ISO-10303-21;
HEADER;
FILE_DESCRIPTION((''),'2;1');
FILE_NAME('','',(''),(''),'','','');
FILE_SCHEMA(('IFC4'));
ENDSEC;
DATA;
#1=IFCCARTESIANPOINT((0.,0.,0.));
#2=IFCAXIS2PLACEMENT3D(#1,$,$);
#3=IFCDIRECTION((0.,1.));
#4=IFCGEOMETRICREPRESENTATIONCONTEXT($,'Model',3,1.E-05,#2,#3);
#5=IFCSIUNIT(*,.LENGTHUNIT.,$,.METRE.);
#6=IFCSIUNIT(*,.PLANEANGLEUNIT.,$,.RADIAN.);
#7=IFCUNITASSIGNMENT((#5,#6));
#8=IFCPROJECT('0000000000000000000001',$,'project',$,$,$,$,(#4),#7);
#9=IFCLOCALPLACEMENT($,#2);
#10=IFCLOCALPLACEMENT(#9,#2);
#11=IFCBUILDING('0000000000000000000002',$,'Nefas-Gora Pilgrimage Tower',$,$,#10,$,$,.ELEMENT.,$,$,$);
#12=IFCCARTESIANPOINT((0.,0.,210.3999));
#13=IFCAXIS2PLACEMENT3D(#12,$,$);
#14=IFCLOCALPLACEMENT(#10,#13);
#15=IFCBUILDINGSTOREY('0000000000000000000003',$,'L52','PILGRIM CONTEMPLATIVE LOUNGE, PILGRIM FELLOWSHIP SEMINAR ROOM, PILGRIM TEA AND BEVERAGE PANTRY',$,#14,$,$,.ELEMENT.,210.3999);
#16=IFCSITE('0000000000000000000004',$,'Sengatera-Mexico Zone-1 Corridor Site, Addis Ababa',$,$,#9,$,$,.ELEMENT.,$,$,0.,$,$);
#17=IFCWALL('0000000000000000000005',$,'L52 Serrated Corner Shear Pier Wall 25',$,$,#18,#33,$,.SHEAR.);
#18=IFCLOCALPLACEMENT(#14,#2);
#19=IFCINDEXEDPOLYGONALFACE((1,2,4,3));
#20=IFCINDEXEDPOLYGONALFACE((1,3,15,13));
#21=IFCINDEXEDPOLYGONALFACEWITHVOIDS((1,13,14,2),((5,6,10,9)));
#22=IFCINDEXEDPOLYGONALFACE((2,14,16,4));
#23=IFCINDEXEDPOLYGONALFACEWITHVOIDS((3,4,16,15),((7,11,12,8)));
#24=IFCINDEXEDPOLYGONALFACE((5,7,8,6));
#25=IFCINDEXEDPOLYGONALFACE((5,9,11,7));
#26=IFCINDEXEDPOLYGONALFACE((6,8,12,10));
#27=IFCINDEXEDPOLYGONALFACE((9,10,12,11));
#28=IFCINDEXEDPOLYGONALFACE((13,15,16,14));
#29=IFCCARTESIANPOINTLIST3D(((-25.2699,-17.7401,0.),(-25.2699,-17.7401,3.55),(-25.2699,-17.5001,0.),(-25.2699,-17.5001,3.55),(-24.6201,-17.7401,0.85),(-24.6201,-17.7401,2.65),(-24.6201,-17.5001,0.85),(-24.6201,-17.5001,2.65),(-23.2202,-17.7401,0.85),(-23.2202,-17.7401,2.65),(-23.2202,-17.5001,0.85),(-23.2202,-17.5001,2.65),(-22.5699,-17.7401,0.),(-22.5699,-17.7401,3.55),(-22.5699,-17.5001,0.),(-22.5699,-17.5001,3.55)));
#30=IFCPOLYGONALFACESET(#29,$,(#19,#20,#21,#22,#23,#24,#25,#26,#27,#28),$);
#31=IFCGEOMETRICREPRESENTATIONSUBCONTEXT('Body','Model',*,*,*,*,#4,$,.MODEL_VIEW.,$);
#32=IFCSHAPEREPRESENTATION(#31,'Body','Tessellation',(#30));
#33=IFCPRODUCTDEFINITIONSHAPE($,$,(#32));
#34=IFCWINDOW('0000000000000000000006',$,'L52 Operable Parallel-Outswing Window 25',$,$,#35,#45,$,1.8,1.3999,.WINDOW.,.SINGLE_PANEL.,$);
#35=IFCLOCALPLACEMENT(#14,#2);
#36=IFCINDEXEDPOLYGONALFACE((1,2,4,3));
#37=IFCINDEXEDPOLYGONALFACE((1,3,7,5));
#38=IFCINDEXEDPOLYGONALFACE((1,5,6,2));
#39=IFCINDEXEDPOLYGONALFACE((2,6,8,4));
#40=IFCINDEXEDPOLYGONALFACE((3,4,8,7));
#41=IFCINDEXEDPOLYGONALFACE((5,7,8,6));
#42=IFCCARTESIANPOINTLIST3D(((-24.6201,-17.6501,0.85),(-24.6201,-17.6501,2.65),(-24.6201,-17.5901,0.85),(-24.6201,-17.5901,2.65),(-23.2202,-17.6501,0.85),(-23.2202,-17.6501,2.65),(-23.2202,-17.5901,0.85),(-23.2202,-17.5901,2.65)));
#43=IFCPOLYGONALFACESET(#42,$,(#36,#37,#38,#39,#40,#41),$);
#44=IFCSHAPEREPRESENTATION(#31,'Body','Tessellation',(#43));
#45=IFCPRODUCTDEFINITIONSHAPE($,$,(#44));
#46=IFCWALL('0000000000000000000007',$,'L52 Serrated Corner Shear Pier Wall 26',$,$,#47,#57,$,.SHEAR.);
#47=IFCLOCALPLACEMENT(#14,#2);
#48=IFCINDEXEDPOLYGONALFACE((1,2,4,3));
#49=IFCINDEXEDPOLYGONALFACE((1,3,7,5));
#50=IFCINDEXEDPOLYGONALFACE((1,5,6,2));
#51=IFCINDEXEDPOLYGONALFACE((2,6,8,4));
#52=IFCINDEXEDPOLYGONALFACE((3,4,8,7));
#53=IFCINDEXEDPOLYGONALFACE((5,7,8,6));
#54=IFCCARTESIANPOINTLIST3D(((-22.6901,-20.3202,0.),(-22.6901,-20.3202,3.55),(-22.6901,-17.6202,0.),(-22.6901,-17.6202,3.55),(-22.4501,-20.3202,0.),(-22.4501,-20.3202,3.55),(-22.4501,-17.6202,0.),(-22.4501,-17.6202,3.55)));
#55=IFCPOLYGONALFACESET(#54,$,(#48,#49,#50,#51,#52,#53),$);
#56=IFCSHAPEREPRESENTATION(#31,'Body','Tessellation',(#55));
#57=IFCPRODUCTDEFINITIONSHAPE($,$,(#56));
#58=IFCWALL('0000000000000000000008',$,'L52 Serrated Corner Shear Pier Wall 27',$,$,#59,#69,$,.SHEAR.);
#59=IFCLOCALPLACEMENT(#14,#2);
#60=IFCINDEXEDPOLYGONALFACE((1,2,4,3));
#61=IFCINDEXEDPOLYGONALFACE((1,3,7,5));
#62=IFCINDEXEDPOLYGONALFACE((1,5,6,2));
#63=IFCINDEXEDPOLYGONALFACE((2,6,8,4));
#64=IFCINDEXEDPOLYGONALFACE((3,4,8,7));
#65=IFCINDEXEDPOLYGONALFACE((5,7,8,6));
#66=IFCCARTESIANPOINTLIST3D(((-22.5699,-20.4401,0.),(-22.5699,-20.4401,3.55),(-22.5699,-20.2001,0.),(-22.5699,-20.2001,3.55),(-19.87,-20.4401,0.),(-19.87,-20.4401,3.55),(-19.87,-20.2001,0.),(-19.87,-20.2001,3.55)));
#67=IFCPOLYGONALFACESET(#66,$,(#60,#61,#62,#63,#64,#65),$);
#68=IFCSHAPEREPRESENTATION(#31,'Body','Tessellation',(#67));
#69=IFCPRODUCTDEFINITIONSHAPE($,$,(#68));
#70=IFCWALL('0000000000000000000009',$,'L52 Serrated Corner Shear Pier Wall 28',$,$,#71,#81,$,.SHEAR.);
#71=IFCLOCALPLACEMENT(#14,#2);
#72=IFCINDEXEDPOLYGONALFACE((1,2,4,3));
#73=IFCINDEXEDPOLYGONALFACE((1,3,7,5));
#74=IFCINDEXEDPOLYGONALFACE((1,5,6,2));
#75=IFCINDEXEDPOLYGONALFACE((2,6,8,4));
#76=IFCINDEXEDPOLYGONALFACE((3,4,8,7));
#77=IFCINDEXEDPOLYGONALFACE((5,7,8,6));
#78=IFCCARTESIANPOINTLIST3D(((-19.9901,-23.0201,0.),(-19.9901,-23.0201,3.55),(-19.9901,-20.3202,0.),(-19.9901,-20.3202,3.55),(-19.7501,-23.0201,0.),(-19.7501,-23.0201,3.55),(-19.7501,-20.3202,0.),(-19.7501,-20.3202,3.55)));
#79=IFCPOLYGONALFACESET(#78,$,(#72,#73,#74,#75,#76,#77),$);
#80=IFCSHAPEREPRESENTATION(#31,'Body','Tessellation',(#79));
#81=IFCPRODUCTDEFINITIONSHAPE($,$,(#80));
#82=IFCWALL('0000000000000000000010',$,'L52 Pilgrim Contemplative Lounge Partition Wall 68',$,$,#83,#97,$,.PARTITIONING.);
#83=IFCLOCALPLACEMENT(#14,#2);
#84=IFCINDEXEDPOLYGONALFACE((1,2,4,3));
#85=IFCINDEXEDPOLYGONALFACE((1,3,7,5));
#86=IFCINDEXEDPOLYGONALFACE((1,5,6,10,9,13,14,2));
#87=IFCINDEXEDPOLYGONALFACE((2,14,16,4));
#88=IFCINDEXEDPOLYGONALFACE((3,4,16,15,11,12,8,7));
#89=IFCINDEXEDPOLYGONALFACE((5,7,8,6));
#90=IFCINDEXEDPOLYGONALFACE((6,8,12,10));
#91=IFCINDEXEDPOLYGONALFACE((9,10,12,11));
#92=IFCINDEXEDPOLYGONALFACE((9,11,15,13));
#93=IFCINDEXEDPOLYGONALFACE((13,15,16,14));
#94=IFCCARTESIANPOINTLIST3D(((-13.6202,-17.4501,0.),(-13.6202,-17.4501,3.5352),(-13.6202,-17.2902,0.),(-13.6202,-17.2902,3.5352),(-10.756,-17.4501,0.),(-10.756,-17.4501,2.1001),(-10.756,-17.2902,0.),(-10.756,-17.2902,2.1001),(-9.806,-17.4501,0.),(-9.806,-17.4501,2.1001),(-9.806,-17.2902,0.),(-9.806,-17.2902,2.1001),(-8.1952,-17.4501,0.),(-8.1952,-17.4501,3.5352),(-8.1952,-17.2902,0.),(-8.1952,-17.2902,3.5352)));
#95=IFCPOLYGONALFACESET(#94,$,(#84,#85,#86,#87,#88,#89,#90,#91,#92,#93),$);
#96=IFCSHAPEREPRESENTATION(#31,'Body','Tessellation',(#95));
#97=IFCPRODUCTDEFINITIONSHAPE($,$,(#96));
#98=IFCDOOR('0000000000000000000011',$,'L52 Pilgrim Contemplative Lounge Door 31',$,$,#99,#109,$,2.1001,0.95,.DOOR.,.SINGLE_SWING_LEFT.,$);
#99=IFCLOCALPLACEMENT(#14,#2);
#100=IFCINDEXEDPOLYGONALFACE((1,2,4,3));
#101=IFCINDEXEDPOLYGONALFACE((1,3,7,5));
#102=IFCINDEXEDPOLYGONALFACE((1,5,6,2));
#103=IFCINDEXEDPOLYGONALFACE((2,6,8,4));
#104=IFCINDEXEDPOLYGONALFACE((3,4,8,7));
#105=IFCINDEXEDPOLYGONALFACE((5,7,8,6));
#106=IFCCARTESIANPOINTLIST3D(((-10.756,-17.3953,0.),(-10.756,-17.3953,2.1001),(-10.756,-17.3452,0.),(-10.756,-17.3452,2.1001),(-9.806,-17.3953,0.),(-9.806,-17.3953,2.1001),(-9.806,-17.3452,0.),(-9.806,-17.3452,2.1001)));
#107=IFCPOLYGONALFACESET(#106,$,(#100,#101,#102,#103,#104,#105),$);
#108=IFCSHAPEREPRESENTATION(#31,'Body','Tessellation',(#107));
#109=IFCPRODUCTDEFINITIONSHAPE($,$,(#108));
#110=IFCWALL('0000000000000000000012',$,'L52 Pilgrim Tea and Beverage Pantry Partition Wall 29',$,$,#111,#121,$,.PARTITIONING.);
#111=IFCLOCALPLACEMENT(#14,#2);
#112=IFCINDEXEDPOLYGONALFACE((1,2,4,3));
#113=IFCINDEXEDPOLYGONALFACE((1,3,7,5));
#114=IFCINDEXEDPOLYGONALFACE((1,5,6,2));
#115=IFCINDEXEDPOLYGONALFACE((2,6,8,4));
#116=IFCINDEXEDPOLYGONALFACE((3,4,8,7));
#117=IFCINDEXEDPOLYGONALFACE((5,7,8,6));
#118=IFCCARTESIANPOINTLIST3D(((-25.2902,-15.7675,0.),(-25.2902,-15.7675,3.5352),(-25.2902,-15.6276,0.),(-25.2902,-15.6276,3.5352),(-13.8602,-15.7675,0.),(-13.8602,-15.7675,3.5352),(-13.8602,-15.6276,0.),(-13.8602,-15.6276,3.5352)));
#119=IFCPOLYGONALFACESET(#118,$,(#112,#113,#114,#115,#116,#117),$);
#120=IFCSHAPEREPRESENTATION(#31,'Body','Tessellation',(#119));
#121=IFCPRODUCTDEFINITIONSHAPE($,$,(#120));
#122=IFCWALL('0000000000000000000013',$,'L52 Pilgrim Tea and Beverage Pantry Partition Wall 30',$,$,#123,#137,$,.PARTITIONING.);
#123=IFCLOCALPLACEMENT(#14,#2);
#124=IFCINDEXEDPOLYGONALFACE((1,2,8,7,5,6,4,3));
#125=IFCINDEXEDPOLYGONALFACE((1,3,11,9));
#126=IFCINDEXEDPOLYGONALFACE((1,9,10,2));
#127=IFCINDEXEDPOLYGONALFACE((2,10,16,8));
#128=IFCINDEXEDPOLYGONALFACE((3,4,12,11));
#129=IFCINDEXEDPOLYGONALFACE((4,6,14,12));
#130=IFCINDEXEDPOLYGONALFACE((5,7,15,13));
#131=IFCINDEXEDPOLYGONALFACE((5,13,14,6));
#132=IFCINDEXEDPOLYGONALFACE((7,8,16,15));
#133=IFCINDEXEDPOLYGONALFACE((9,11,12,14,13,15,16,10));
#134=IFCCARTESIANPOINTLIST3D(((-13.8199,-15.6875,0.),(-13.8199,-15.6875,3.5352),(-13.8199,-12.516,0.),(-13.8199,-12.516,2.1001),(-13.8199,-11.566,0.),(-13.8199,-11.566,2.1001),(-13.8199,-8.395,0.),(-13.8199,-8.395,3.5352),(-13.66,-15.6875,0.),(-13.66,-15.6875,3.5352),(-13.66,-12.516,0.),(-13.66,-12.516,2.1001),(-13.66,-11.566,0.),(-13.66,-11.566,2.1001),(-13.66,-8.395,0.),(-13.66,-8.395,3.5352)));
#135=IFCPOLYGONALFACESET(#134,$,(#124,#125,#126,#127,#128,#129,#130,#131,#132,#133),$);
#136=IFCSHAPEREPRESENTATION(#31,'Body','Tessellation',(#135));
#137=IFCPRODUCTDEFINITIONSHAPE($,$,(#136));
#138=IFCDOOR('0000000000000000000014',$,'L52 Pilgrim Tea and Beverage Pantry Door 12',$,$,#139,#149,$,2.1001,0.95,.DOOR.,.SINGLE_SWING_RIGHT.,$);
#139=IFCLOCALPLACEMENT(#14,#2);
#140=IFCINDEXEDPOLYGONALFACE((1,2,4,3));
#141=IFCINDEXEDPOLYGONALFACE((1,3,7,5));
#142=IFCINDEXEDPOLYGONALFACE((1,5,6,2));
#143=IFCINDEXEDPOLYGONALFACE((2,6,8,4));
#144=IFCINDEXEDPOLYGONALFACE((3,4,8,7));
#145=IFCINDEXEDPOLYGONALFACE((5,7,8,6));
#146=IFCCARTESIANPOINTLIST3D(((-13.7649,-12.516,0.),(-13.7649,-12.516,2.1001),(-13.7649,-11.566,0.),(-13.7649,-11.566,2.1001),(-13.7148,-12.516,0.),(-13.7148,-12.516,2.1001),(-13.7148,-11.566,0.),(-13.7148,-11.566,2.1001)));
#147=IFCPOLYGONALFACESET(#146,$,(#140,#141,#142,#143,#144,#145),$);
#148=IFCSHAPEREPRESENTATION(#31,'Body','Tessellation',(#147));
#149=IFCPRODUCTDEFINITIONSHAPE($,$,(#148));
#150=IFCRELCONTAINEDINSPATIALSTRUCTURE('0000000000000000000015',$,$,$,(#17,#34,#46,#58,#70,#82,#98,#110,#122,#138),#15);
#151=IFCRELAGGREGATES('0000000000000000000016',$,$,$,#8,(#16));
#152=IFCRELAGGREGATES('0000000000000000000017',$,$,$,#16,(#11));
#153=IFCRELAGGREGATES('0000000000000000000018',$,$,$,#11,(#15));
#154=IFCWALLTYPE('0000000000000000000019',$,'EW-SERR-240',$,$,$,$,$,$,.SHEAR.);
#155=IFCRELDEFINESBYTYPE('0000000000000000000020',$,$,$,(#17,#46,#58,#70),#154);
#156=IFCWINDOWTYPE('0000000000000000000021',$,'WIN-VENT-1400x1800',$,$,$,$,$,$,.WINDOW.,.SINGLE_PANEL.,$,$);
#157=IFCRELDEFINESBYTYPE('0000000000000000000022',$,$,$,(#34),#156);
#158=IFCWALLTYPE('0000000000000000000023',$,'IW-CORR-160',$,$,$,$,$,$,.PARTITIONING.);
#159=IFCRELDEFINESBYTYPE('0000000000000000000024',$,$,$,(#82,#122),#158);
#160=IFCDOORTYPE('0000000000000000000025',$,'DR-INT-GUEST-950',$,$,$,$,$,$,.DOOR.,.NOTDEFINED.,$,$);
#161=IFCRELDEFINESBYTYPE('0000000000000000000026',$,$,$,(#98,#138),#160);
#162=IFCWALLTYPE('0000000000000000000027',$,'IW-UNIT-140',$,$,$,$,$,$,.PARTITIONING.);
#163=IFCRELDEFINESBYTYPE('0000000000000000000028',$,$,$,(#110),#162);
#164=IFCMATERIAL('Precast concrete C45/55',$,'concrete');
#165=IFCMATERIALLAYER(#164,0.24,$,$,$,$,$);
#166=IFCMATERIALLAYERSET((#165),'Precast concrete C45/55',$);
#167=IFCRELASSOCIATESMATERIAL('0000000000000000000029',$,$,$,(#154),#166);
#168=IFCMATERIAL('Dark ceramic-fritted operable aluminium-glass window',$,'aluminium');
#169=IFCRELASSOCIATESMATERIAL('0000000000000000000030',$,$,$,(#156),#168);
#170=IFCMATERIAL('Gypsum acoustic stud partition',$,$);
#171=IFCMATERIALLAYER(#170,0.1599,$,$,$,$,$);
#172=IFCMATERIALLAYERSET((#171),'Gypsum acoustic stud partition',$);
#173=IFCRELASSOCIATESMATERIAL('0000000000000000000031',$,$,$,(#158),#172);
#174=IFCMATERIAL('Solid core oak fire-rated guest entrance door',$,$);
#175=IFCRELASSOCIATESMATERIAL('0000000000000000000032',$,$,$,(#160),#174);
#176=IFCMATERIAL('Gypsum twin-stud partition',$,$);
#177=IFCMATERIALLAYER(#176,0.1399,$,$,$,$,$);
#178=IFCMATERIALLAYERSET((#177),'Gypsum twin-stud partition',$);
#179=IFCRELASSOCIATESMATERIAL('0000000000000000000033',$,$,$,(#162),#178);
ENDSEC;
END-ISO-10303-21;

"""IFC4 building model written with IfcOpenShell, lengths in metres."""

from ifc_helpers import new_model, si_unit, direction, frame, frame_2d, origin, place, context, subcontext, project, spatial, rectangle, extrude, source, transform, mapped, material, layer, layer_set, type_object, element, fill, save


model = new_model("IFC4")

# Units and contexts
model_context = context("Model", 3, precision=1e-05, world=origin(), true_north=direction((0.0, 1.0)))
body_context = subcontext(model_context, "Body", "Model", "MODEL_VIEW")
ifc_project = project(units=[si_unit("LENGTHUNIT", "METRE"), si_unit("PLANEANGLEUNIT", "RADIAN")], contexts=[model_context])

# Site, building, storey
site_placement = place(None, origin())
site = spatial("IfcSite", under=ifc_project, at=site_placement, Name="Sengatera-Mexico Zone-1 Corridor Site, Addis Ababa", CompositionType="ELEMENT", RefElevation=0.0)
building_placement = place(site_placement, origin())
building = spatial("IfcBuilding", under=site, at=building_placement, Name="Nefas-Gora Pilgrimage Tower", CompositionType="ELEMENT")
storey_placement = place(building_placement, frame((0.0, 0.0, 210.3999)))
storey = spatial("IfcBuildingStorey", under=building, at=storey_placement, Name="L52", Description="PILGRIM CONTEMPLATIVE LOUNGE, PILGRIM FELLOWSHIP SEMINAR ROOM, PILGRIM TEA AND BEVERAGE PANTRY", CompositionType="ELEMENT", Elevation=210.3999)

# Wall, opening, window
ifc_material_1 = material(Name="Precast concrete C45/55", Category="concrete")
ifc_layer_1 = layer(ifc_material_1, 0.24)
ifc_layer_set_1 = layer_set([ifc_layer_1], Name="Precast concrete C45/55")
wall_type_1 = type_object("IfcWallType", Name="EW-SERR-240", PredefinedType="SHEAR", material=ifc_layer_set_1)
shared_shape_1 = source(origin(), body_context, "Body", "SweptSolid", [
    extrude(rectangle(XDim=2.7, YDim=0.24, at=frame_2d((1.3501, 0.0))), origin(), (0.0, 0.0, 1.0), 3.55),
])
wall_1_placement = place(storey_placement, frame((-25.27, -17.6201, 0.0), z_axis=(0.0, 0.0, 1.0), x_axis=(1.0, 0.0, 0.0)))
wall_1 = element("IfcWall", 1, at=wall_1_placement, inside=storey, type_object=wall_type_1, Name="L52 Serrated Corner Shear Pier Wall 25", PredefinedType="SHEAR", context=body_context, shape_type="MappedRepresentation", body=[
    mapped(shared_shape_1, transform((0.0, 0.0, 0.0), x_axis=(1.0, 0.0, 0.0), y_axis=(0.0, 1.0, 0.0), z_axis=(0.0, 0.0, 1.0), scale=1.0)),
])
opening_1_placement = place(wall_1_placement, frame((0.6499, 0.0, 0.8501)))
opening_1 = element("IfcOpeningElement", 2, at=opening_1_placement, cuts=wall_1, PredefinedType="OPENING", context=body_context, shape_type="SweptSolid", body=[
    extrude(rectangle(XDim=1.3999, YDim=1.8, at=frame_2d((0.7, 0.8999))), frame((0.0, 0.1299, 0.0), z_axis=(0.0, -1.0, 0.0), x_axis=(1.0, 0.0, 0.0)), (0.0, 0.0, 1.0), 0.26),
])
ifc_material_2 = material(Name="Dark ceramic-fritted operable aluminium-glass window", Category="aluminium")
window_type = type_object("IfcWindowType", Name="WIN-VENT-1400x1800", PartitioningType="SINGLE_PANEL", PredefinedType="WINDOW", material=ifc_material_2)
shared_shape_2 = source(origin(), body_context, "Body", "SweptSolid", [
    extrude(rectangle(XDim=1.3999, YDim=1.8, at=frame_2d((0.7, 0.8999))), frame((0.0, 0.03, 0.0), z_axis=(0.0, -1.0, 0.0), x_axis=(1.0, 0.0, 0.0)), (0.0, 0.0, 1.0), 0.0601),
])
window_placement = place(opening_1_placement, origin())
window = element("IfcWindow", 3, at=window_placement, inside=storey, type_object=window_type, Name="L52 Operable Parallel-Outswing Window 25", OverallHeight=1.8, OverallWidth=1.3999, PartitioningType="SINGLE_PANEL", PredefinedType="WINDOW", context=body_context, shape_type="MappedRepresentation", body=[
    mapped(shared_shape_2, transform((0.0, 0.0, 0.0), x_axis=(1.0, 0.0, 0.0), y_axis=(0.0, 1.0, 0.0), z_axis=(0.0, 0.0, 1.0), scale=1.0)),
])
fill(opening_1, window)

# Walls
for number, where, z_axis, x_axis, name in (
    (4, (-22.5701, -17.6201, 0.0), (0.0, 0.0, 1.0), (0.0, -1.0, 0.0), "L52 Serrated Corner Shear Pier Wall 26"),
    (5, (-22.5701, -20.3201, 0.0), (0.0, 0.0, 1.0), (1.0, 0.0, 0.0), "L52 Serrated Corner Shear Pier Wall 27"),
    (6, (-19.8701, -20.3201, 0.0), (0.0, 0.0, 1.0), (0.0, -1.0, 0.0), "L52 Serrated Corner Shear Pier Wall 28"),
):
    element("IfcWall", number, at=place(storey_placement, frame(where, z_axis=z_axis, x_axis=x_axis)), inside=storey, type_object=wall_type_1, Name=name, PredefinedType="SHEAR", context=body_context, shape_type="MappedRepresentation", body=[
        mapped(shared_shape_1, transform((0.0, 0.0, 0.0), x_axis=(1.0, 0.0, 0.0), y_axis=(0.0, 1.0, 0.0), z_axis=(0.0, 0.0, 1.0), scale=1.0)),
    ])

# Wall, opening, door
ifc_material_3 = material(Name="Gypsum acoustic stud partition")
ifc_layer_2 = layer(ifc_material_3, 0.1599)
ifc_layer_set_2 = layer_set([ifc_layer_2], Name="Gypsum acoustic stud partition")
wall_type_2 = type_object("IfcWallType", Name="IW-CORR-160", PredefinedType="PARTITIONING", material=ifc_layer_set_2)
shared_shape_3 = source(origin(), body_context, "Body", "SweptSolid", [
    extrude(rectangle(XDim=5.425, YDim=0.1599, at=frame_2d((2.7124, 0.0))), origin(), (0.0, 0.0, 1.0), 3.5352),
])
wall_2_placement = place(storey_placement, frame((-13.6201, -17.3701, 0.0), z_axis=(0.0, 0.0, 1.0), x_axis=(1.0, 0.0, 0.0)))
wall_2 = element("IfcWall", 7, at=wall_2_placement, inside=storey, type_object=wall_type_2, Name="L52 Pilgrim Contemplative Lounge Partition Wall 68", PredefinedType="PARTITIONING", context=body_context, shape_type="MappedRepresentation", body=[
    mapped(shared_shape_3, transform((0.0, 0.0, 0.0), x_axis=(1.0, 0.0, 0.0), y_axis=(0.0, 1.0, 0.0), z_axis=(0.0, 0.0, 1.0), scale=1.0)),
])
opening_2_placement = place(wall_2_placement, frame((2.864, 0.0, 0.0)))
opening_2 = element("IfcOpeningElement", 8, at=opening_2_placement, cuts=wall_2, PredefinedType="OPENING", context=body_context, shape_type="SweptSolid", body=[
    extrude(rectangle(XDim=0.95, YDim=2.1001, at=frame_2d((0.4751, 1.05))), frame((0.0, 0.0898, 0.0), z_axis=(0.0, -1.0, 0.0), x_axis=(1.0, 0.0, 0.0)), (0.0, 0.0, 1.0), 0.1799),
])
ifc_material_4 = material(Name="Solid core oak fire-rated guest entrance door")
door_type = type_object("IfcDoorType", Name="DR-INT-GUEST-950", OperationType="NOTDEFINED", PredefinedType="DOOR", material=ifc_material_4)
shared_shape_4 = source(origin(), body_context, "Body", "SweptSolid", [
    extrude(rectangle(XDim=0.95, YDim=2.1001, at=frame_2d((0.4751, 1.05))), frame((0.0, 0.0249, 0.0), z_axis=(0.0, -1.0, 0.0), x_axis=(1.0, 0.0, 0.0)), (0.0, 0.0, 1.0), 0.05),
])
door_1_placement = place(opening_2_placement, origin())
door_1 = element("IfcDoor", 9, at=door_1_placement, inside=storey, type_object=door_type, Name="L52 Pilgrim Contemplative Lounge Door 31", OperationType="SINGLE_SWING_LEFT", OverallHeight=2.1001, OverallWidth=0.95, PredefinedType="DOOR", context=body_context, shape_type="MappedRepresentation", body=[
    mapped(shared_shape_4, transform((0.0, 0.0, 0.0), x_axis=(1.0, 0.0, 0.0), y_axis=(0.0, 1.0, 0.0), z_axis=(0.0, 0.0, 1.0), scale=1.0)),
])
fill(opening_2, door_1)

# Wall
ifc_material_5 = material(Name="Gypsum twin-stud partition")
ifc_layer_3 = layer(ifc_material_5, 0.1399)
ifc_layer_set_3 = layer_set([ifc_layer_3], Name="Gypsum twin-stud partition")
wall_type_3 = type_object("IfcWallType", Name="IW-UNIT-140", PredefinedType="PARTITIONING", material=ifc_layer_set_3)
shared_shape_5 = source(origin(), body_context, "Body", "SweptSolid", [
    extrude(rectangle(XDim=11.4299, YDim=0.1399, at=frame_2d((5.7148, 0.0))), origin(), (0.0, 0.0, 1.0), 3.5352),
])
wall_3_placement = place(storey_placement, frame((-25.29, -15.6975, 0.0), z_axis=(0.0, 0.0, 1.0), x_axis=(1.0, 0.0, 0.0)))
element("IfcWall", 10, at=wall_3_placement, inside=storey, type_object=wall_type_3, Name="L52 Pilgrim Tea and Beverage Pantry Partition Wall 29", PredefinedType="PARTITIONING", context=body_context, shape_type="MappedRepresentation", body=[
    mapped(shared_shape_5, transform((0.0, 0.0, 0.0), x_axis=(1.0, 0.0, 0.0), y_axis=(0.0, 1.0, 0.0), z_axis=(0.0, 0.0, 1.0), scale=1.0)),
])

# Wall, opening, door
shared_shape_6 = source(origin(), body_context, "Body", "SweptSolid", [
    extrude(rectangle(XDim=7.2925, YDim=0.1599, at=frame_2d((3.6462, 0.0))), origin(), (0.0, 0.0, 1.0), 3.5352),
])
wall_4_placement = place(storey_placement, frame((-13.74, -15.6875, 0.0), z_axis=(0.0, 0.0, 1.0), x_axis=(0.0, 1.0, 0.0)))
wall_4 = element("IfcWall", 11, at=wall_4_placement, inside=storey, type_object=wall_type_2, Name="L52 Pilgrim Tea and Beverage Pantry Partition Wall 30", PredefinedType="PARTITIONING", context=body_context, shape_type="MappedRepresentation", body=[
    mapped(shared_shape_6, transform((0.0, 0.0, 0.0), x_axis=(1.0, 0.0, 0.0), y_axis=(0.0, 1.0, 0.0), z_axis=(0.0, 0.0, 1.0), scale=1.0)),
])
opening_3_placement = place(wall_4_placement, frame((3.1714, 0.0, 0.0)))
opening_3 = element("IfcOpeningElement", 12, at=opening_3_placement, cuts=wall_4, PredefinedType="OPENING", context=body_context, shape_type="SweptSolid", body=[
    extrude(rectangle(XDim=0.95, YDim=2.1001, at=frame_2d((0.4751, 1.05))), frame((0.0, 0.0898, 0.0), z_axis=(0.0, -1.0, 0.0), x_axis=(1.0, 0.0, 0.0)), (0.0, 0.0, 1.0), 0.1799),
])
door_2_placement = place(opening_3_placement, origin())
door_2 = element("IfcDoor", 13, at=door_2_placement, inside=storey, type_object=door_type, Name="L52 Pilgrim Tea and Beverage Pantry Door 12", OperationType="SINGLE_SWING_RIGHT", OverallHeight=2.1001, OverallWidth=0.95, PredefinedType="DOOR", context=body_context, shape_type="MappedRepresentation", body=[
    mapped(shared_shape_4, transform((0.0, 0.0, 0.0), x_axis=(1.0, 0.0, 0.0), y_axis=(0.0, 1.0, 0.0), z_axis=(0.0, 0.0, 1.0), scale=1.0)),
])
fill(opening_3, door_2)

save(model, "model.ifc")
